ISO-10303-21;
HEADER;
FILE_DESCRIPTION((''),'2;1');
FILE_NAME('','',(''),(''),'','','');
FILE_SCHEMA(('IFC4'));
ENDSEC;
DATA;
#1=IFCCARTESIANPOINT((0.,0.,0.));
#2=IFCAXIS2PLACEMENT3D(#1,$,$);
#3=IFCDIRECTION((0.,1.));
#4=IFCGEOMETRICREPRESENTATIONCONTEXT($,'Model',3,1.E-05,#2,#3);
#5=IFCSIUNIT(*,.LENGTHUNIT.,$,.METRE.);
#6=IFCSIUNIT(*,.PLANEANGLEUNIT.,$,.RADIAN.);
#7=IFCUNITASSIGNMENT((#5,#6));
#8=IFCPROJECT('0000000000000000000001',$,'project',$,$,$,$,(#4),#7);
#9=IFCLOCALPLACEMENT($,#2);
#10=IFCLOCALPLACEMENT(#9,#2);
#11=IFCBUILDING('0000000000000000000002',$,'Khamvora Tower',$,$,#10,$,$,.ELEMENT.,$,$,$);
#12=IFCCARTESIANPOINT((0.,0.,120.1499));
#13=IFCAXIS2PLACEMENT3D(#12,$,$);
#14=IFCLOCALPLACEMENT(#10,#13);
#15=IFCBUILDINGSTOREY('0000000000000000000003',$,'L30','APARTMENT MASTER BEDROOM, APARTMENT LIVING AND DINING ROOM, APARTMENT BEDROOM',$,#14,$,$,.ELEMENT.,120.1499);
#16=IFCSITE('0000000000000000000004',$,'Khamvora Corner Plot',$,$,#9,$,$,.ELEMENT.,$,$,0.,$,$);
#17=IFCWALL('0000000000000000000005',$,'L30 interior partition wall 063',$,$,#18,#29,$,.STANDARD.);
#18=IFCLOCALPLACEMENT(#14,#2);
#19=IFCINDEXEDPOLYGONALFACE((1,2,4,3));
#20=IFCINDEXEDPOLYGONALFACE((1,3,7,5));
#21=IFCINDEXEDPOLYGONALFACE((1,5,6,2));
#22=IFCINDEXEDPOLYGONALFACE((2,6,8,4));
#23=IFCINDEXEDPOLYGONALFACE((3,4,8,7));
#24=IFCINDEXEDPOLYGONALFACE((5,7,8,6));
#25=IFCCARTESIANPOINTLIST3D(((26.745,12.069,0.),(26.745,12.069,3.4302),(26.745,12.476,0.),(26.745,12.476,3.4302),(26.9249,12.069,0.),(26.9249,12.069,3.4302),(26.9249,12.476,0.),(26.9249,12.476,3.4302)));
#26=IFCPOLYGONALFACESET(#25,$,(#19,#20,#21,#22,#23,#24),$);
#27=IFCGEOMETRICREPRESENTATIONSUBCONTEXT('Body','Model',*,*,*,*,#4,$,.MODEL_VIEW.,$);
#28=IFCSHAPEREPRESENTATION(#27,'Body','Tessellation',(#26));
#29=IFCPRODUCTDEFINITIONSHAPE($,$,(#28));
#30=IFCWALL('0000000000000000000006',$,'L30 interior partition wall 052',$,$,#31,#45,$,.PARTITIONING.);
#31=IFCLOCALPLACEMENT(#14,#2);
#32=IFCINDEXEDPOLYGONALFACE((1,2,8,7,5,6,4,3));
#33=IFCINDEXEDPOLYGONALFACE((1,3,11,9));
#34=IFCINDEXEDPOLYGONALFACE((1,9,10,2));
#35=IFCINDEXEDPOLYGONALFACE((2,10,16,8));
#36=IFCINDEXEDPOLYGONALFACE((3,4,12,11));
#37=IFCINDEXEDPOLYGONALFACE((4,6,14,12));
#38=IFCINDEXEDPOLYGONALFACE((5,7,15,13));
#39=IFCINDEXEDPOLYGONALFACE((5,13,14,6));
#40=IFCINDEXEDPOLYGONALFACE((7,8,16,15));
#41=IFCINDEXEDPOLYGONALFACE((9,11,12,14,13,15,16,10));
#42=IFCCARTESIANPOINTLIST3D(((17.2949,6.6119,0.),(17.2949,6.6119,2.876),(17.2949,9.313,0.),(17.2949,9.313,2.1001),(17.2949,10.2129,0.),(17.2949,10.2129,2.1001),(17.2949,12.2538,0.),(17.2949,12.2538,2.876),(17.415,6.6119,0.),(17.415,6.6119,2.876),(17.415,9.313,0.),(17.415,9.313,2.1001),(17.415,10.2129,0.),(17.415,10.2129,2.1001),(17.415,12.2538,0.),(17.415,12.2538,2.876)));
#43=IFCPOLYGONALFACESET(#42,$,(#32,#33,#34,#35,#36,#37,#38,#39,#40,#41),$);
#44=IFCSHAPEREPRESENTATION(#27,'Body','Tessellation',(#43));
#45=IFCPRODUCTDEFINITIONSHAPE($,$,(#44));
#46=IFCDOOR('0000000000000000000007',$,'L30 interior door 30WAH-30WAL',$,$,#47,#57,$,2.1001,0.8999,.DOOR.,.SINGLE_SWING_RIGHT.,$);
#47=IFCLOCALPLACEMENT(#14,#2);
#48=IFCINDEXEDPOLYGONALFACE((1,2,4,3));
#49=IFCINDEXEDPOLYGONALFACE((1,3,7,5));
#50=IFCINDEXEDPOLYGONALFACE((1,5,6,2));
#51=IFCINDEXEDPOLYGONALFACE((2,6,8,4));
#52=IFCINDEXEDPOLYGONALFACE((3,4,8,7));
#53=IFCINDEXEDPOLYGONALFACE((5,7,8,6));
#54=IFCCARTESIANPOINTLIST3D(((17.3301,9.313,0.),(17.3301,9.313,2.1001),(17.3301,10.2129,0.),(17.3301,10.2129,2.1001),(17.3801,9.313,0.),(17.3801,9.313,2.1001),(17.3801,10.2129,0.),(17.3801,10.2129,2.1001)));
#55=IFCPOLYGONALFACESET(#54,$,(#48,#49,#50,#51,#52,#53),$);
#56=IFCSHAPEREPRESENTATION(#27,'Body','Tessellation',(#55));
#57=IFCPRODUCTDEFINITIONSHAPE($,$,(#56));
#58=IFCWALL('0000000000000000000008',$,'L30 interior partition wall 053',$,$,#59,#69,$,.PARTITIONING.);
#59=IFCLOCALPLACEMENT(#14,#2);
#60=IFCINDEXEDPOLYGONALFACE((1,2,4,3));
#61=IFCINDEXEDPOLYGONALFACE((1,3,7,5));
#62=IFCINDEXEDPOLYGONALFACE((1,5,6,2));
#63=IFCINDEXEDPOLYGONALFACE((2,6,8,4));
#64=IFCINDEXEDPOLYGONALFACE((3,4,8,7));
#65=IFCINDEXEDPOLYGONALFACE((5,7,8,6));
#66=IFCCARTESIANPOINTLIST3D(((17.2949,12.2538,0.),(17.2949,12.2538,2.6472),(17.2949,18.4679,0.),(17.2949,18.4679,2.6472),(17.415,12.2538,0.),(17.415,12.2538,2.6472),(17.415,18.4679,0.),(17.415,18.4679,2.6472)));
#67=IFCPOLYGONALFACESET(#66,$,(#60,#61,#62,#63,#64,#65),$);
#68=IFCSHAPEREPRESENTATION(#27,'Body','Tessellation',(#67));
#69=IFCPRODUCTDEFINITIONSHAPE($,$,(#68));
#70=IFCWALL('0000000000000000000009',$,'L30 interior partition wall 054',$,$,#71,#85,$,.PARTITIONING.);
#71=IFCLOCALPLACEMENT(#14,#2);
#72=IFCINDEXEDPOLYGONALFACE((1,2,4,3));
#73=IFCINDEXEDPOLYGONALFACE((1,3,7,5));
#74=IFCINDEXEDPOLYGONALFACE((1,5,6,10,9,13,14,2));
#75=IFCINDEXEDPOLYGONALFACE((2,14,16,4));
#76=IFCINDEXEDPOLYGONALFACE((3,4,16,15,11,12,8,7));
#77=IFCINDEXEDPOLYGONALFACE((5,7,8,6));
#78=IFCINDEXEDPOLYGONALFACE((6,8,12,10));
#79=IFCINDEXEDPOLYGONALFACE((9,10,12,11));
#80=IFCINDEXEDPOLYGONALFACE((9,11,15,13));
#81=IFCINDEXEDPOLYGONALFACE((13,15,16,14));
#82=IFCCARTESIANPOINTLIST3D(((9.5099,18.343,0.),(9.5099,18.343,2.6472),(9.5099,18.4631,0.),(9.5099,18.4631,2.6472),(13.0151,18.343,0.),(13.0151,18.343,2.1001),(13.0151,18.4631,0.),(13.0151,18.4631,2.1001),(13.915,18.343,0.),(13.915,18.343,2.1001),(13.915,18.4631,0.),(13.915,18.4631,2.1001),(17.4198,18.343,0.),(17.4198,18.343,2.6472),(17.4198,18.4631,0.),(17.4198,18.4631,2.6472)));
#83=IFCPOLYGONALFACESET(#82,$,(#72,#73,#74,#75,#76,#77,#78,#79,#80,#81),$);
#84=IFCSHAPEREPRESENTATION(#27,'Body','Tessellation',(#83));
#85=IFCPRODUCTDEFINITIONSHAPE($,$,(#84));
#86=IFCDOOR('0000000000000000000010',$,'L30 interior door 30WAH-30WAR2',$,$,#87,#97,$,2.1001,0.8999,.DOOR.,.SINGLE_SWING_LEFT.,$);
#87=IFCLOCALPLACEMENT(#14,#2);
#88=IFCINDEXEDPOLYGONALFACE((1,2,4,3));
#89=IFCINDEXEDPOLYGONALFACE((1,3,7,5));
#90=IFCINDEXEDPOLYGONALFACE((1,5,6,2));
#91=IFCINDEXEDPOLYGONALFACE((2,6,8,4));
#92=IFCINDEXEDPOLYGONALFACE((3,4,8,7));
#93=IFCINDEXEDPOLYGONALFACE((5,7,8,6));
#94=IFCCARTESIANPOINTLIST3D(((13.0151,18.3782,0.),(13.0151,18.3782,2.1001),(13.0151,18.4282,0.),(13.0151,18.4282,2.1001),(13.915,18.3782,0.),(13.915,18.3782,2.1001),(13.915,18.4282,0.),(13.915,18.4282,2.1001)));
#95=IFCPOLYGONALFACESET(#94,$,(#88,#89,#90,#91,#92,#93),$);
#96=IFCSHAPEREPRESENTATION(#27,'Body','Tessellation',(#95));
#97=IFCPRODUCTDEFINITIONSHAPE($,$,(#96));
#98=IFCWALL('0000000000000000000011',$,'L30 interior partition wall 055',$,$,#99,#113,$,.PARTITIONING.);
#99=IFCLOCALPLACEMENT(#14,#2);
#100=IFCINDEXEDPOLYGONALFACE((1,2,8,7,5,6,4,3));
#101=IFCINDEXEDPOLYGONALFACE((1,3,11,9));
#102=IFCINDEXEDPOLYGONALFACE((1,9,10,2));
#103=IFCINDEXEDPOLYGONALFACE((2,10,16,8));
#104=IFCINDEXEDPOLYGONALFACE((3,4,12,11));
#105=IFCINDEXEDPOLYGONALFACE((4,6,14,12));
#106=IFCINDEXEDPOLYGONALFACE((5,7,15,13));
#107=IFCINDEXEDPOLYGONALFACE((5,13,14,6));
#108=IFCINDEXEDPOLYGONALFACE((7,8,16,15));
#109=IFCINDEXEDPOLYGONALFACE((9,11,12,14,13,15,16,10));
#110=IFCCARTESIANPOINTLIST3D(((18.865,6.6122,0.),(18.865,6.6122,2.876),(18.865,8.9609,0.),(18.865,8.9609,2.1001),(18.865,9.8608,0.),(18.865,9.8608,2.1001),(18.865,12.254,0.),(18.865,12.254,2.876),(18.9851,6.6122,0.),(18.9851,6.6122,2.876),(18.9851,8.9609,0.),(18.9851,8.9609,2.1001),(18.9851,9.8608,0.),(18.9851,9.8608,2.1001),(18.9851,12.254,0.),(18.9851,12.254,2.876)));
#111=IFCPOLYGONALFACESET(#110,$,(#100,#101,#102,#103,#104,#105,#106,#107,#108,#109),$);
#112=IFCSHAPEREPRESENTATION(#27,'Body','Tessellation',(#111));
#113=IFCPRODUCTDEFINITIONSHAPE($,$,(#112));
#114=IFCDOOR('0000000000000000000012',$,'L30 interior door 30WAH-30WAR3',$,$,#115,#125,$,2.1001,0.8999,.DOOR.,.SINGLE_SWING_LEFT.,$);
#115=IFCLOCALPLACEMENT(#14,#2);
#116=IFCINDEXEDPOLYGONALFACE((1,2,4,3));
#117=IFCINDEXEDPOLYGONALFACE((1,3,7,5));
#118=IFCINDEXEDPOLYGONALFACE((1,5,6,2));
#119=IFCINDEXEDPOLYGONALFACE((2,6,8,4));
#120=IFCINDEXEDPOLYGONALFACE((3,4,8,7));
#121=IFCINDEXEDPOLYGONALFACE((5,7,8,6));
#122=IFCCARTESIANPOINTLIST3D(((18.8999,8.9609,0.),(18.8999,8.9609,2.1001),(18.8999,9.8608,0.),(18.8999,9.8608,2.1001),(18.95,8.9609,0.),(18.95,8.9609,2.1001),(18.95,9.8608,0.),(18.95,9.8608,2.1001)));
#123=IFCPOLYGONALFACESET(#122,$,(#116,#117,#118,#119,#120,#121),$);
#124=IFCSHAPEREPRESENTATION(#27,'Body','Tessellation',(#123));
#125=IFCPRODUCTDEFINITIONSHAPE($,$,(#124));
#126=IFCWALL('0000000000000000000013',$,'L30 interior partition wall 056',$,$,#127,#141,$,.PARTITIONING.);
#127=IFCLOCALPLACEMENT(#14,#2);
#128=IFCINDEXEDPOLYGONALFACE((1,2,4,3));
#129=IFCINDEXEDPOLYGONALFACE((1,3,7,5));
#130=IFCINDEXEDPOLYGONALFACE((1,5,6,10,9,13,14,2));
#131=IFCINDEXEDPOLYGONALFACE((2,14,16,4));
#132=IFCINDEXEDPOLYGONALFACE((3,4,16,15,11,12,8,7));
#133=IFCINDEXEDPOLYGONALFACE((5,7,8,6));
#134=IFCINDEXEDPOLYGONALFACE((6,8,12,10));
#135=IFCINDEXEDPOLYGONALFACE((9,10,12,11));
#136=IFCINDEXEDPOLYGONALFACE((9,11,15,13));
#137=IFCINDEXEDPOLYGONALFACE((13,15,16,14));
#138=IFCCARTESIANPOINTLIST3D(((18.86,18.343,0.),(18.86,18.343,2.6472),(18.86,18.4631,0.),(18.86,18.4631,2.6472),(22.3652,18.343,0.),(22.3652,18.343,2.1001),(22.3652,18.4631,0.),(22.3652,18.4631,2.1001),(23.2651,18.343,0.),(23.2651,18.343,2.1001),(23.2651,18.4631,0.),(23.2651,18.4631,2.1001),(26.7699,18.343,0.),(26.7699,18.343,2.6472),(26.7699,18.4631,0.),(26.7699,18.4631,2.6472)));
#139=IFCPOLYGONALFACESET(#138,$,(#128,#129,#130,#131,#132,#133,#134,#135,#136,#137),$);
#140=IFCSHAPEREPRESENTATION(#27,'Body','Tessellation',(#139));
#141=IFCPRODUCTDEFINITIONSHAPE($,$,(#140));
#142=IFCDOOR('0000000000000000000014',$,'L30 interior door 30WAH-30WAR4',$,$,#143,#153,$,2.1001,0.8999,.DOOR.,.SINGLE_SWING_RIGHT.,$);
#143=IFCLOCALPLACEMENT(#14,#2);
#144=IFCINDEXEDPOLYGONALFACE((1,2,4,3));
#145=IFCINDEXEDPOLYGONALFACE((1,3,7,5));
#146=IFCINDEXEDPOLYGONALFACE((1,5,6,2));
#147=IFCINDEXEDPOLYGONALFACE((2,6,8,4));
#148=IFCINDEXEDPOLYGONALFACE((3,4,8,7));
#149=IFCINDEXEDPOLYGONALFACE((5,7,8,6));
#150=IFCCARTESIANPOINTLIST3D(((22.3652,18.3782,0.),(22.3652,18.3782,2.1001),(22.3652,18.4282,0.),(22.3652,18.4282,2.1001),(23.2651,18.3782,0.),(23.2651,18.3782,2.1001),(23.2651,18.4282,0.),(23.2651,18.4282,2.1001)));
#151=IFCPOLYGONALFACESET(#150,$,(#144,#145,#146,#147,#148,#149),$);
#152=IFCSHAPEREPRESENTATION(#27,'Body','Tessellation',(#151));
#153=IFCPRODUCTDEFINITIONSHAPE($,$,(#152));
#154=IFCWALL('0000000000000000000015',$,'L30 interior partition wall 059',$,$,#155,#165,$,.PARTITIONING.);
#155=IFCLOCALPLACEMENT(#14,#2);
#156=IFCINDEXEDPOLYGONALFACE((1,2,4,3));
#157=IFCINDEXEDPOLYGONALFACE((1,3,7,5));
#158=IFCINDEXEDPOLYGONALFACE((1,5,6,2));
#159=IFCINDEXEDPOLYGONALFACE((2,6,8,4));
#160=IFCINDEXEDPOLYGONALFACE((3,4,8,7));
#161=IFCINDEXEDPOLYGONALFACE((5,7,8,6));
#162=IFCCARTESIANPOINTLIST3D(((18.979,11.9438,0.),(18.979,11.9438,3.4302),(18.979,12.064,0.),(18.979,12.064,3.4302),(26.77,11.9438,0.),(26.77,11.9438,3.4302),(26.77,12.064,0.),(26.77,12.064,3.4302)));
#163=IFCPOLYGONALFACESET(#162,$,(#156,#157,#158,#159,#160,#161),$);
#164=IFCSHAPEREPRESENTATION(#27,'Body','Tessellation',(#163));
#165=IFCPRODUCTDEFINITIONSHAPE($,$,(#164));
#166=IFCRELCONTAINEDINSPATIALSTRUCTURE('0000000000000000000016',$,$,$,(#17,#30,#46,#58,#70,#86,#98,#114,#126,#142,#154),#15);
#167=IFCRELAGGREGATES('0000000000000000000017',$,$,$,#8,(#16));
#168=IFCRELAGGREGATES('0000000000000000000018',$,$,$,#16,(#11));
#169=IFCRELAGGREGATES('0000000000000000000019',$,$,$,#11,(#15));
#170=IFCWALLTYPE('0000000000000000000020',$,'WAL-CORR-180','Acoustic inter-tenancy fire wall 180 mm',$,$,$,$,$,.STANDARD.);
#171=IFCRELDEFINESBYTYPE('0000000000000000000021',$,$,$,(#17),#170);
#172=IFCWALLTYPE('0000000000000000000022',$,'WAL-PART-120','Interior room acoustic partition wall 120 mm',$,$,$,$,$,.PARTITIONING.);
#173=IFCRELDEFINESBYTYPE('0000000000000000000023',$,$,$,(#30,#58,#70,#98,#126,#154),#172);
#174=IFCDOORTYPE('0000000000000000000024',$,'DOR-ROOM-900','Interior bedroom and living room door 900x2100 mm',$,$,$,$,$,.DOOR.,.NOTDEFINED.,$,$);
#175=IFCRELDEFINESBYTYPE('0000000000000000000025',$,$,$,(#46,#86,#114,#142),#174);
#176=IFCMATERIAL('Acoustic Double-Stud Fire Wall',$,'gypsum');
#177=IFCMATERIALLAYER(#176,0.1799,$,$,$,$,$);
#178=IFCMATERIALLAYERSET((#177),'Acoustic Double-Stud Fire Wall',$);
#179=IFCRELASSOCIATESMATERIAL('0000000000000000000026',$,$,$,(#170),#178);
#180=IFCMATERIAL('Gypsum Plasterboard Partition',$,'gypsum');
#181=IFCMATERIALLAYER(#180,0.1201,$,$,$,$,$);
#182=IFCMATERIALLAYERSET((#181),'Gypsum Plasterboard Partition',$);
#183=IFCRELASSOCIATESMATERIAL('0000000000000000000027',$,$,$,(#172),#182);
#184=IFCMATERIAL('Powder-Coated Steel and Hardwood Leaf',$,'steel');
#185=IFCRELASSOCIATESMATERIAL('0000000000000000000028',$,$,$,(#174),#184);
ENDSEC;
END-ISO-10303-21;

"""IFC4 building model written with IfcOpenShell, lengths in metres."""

from ifc_helpers import new_model, si_unit, direction, frame, frame_2d, origin, place, context, subcontext, project, spatial, rectangle, extrude, material, layer, layer_set, type_object, element, fill, save


model = new_model("IFC4")

# Units and contexts
model_context = context("Model", 3, precision=1e-05, world=origin(), true_north=direction((0.0, 1.0)))
body_context = subcontext(model_context, "Body", "Model", "MODEL_VIEW")
ifc_project = project(units=[si_unit("LENGTHUNIT", "METRE"), si_unit("PLANEANGLEUNIT", "RADIAN")], contexts=[model_context])

# Site, building, storey
site_placement = place(None, origin())
site = spatial("IfcSite", under=ifc_project, at=site_placement, Name="Khamvora Corner Plot", CompositionType="ELEMENT", RefElevation=0.0)
building_placement = place(site_placement, origin())
building = spatial("IfcBuilding", under=site, at=building_placement, Name="Khamvora Tower", CompositionType="ELEMENT")
storey_placement = place(building_placement, frame((0.0, 0.0, 120.1499)))
storey = spatial("IfcBuildingStorey", under=building, at=storey_placement, Name="L30", Description="APARTMENT MASTER BEDROOM, APARTMENT LIVING AND DINING ROOM, APARTMENT BEDROOM", CompositionType="ELEMENT", Elevation=120.1499)

# Wall
ifc_material_1 = material(Name="Acoustic Double-Stud Fire Wall", Category="gypsum")
ifc_layer_1 = layer(ifc_material_1, 0.1799)
ifc_layer_set_1 = layer_set([ifc_layer_1], Name="Acoustic Double-Stud Fire Wall")
wall_type_1 = type_object("IfcWallType", Name="WAL-CORR-180", Description="Acoustic inter-tenancy fire wall 180 mm", PredefinedType="STANDARD", material=ifc_layer_set_1)
wall_1_placement = place(storey_placement, frame((26.835, 12.4761, 0.0), z_axis=(0.0, 0.0, 1.0), x_axis=(0.0, -1.0, 0.0)))
element("IfcWall", 1, at=wall_1_placement, inside=storey, type_object=wall_type_1, Name="L30 interior partition wall 063", PredefinedType="STANDARD", context=body_context, shape_type="SweptSolid", body=[
    extrude(rectangle(XDim=0.407, YDim=0.1799, at=frame_2d((0.2036, 0.0))), origin(), (0.0, 0.0, 1.0), 3.4302),
])

# Wall, opening, door
ifc_material_2 = material(Name="Gypsum Plasterboard Partition", Category="gypsum")
ifc_layer_2 = layer(ifc_material_2, 0.1201)
ifc_layer_set_2 = layer_set([ifc_layer_2], Name="Gypsum Plasterboard Partition")
wall_type_2 = type_object("IfcWallType", Name="WAL-PART-120", Description="Interior room acoustic partition wall 120 mm", PredefinedType="PARTITIONING", material=ifc_layer_set_2)
wall_2_placement = place(storey_placement, frame((17.355, 6.6121, 0.0), z_axis=(0.0, 0.0, 1.0), x_axis=(0.0, 1.0, 0.0)))
wall_2 = element("IfcWall", 2, at=wall_2_placement, inside=storey, type_object=wall_type_2, Name="L30 interior partition wall 052", PredefinedType="PARTITIONING", context=body_context, shape_type="SweptSolid", body=[
    extrude(rectangle(XDim=5.6418, YDim=0.1201, at=frame_2d((2.8208, 0.0))), origin(), (0.0, 0.0, 1.0), 2.876),
])
opening_1_placement = place(wall_2_placement, frame((2.7009, 0.0, 0.0)))
opening_1 = element("IfcOpeningElement", 3, at=opening_1_placement, cuts=wall_2, PredefinedType="OPENING", context=body_context, shape_type="SweptSolid", body=[
    extrude(rectangle(XDim=0.8999, YDim=2.1001, at=frame_2d((0.45, 1.05))), frame((0.0, 0.0701, 0.0), z_axis=(0.0, -1.0, 0.0), x_axis=(1.0, 0.0, 0.0)), (0.0, 0.0, 1.0), 0.1401),
])
ifc_material_3 = material(Name="Powder-Coated Steel and Hardwood Leaf", Category="steel")
door_type_1 = type_object("IfcDoorType", Name="DOR-ROOM-900", Description="Interior bedroom and living room door 900x2100 mm", OperationType="NOTDEFINED", PredefinedType="DOOR", material=ifc_material_3)
door_1_placement = place(opening_1_placement, origin())
door_1 = element("IfcDoor", 4, at=door_1_placement, inside=storey, type_object=door_type_1, Name="L30 interior door 30WAH-30WAL", OperationType="SINGLE_SWING_RIGHT", OverallHeight=2.1001, OverallWidth=0.8999, PredefinedType="DOOR", context=body_context, shape_type="SweptSolid", body=[
    extrude(rectangle(XDim=0.8999, YDim=2.1001, at=frame_2d((0.45, 1.05))), frame((0.0, 0.0249, 0.0), z_axis=(0.0, -1.0, 0.0), x_axis=(1.0, 0.0, 0.0)), (0.0, 0.0, 1.0), 0.05),
])
fill(opening_1, door_1)

# Wall
wall_3_placement = place(storey_placement, frame((17.355, 12.2539, 0.0), z_axis=(0.0, 0.0, 1.0), x_axis=(0.0, 1.0, 0.0)))
element("IfcWall", 5, at=wall_3_placement, inside=storey, type_object=wall_type_2, Name="L30 interior partition wall 053", PredefinedType="PARTITIONING", context=body_context, shape_type="SweptSolid", body=[
    extrude(rectangle(XDim=6.2141, YDim=0.1201, at=frame_2d((3.1069, 0.0))), origin(), (0.0, 0.0, 1.0), 2.6472),
])

# Walls, openings, doors
wall_4_placement = place(storey_placement, frame((17.4199, 18.4031, 0.0), z_axis=(0.0, 0.0, 1.0), x_axis=(-1.0, 0.0, 0.0)))
wall_4 = element("IfcWall", 6, at=wall_4_placement, inside=storey, type_object=wall_type_2, Name="L30 interior partition wall 054", PredefinedType="PARTITIONING", context=body_context, shape_type="SweptSolid", body=[
    extrude(rectangle(XDim=7.9099, YDim=0.1201, at=frame_2d((3.9551, 0.0))), origin(), (0.0, 0.0, 1.0), 2.6472),
])
opening_2_placement = place(wall_4_placement, frame((3.5049, 0.0, 0.0)))
opening_2 = element("IfcOpeningElement", 7, at=opening_2_placement, cuts=wall_4, PredefinedType="OPENING", context=body_context, shape_type="SweptSolid", body=[
    extrude(rectangle(XDim=0.8999, YDim=2.1001, at=frame_2d((0.45, 1.05))), frame((0.0, 0.0701, 0.0), z_axis=(0.0, -1.0, 0.0), x_axis=(1.0, 0.0, 0.0)), (0.0, 0.0, 1.0), 0.1401),
])
door_2_placement = place(opening_2_placement, origin())
door_2 = element("IfcDoor", 8, at=door_2_placement, inside=storey, type_object=door_type_1, Name="L30 interior door 30WAH-30WAR2", OperationType="SINGLE_SWING_LEFT", OverallHeight=2.1001, OverallWidth=0.8999, PredefinedType="DOOR", context=body_context, shape_type="SweptSolid", body=[
    extrude(rectangle(XDim=0.8999, YDim=2.1001, at=frame_2d((0.45, 1.05))), frame((0.0, 0.0249, 0.0), z_axis=(0.0, -1.0, 0.0), x_axis=(1.0, 0.0, 0.0)), (0.0, 0.0, 1.0), 0.05),
])
fill(opening_2, door_2)
wall_5_placement = place(storey_placement, frame((18.925, 12.2539, 0.0), z_axis=(0.0, 0.0, 1.0), x_axis=(0.0, -1.0, 0.0)))
wall_5 = element("IfcWall", 9, at=wall_5_placement, inside=storey, type_object=wall_type_2, Name="L30 interior partition wall 055", PredefinedType="PARTITIONING", context=body_context, shape_type="SweptSolid", body=[
    extrude(rectangle(XDim=5.6418, YDim=0.1201, at=frame_2d((2.8208, 0.0))), origin(), (0.0, 0.0, 1.0), 2.876),
])
opening_3_placement = place(wall_5_placement, frame((2.3931, 0.0, 0.0)))
opening_3 = element("IfcOpeningElement", 10, at=opening_3_placement, cuts=wall_5, PredefinedType="OPENING", context=body_context, shape_type="SweptSolid", body=[
    extrude(rectangle(XDim=0.8999, YDim=2.1001, at=frame_2d((0.45, 1.05))), frame((0.0, 0.0701, 0.0), z_axis=(0.0, -1.0, 0.0), x_axis=(1.0, 0.0, 0.0)), (0.0, 0.0, 1.0), 0.1401),
])
door_3_placement = place(opening_3_placement, origin())
door_3 = element("IfcDoor", 11, at=door_3_placement, inside=storey, type_object=door_type_1, Name="L30 interior door 30WAH-30WAR3", OperationType="SINGLE_SWING_LEFT", OverallHeight=2.1001, OverallWidth=0.8999, PredefinedType="DOOR", context=body_context, shape_type="SweptSolid", body=[
    extrude(rectangle(XDim=0.8999, YDim=2.1001, at=frame_2d((0.45, 1.05))), frame((0.0, 0.0249, 0.0), z_axis=(0.0, -1.0, 0.0), x_axis=(1.0, 0.0, 0.0)), (0.0, 0.0, 1.0), 0.05),
])
fill(opening_3, door_3)
wall_6_placement = place(storey_placement, frame((26.77, 18.4031, 0.0), z_axis=(0.0, 0.0, 1.0), x_axis=(-1.0, 0.0, 0.0)))
wall_6 = element("IfcWall", 12, at=wall_6_placement, inside=storey, type_object=wall_type_2, Name="L30 interior partition wall 056", PredefinedType="PARTITIONING", context=body_context, shape_type="SweptSolid", body=[
    extrude(rectangle(XDim=7.9099, YDim=0.1201, at=frame_2d((3.9551, 0.0))), origin(), (0.0, 0.0, 1.0), 2.6472),
])
opening_4_placement = place(wall_6_placement, frame((3.5049, 0.0, 0.0)))
opening_4 = element("IfcOpeningElement", 13, at=opening_4_placement, cuts=wall_6, PredefinedType="OPENING", context=body_context, shape_type="SweptSolid", body=[
    extrude(rectangle(XDim=0.8999, YDim=2.1001, at=frame_2d((0.45, 1.05))), frame((0.0, 0.0701, 0.0), z_axis=(0.0, -1.0, 0.0), x_axis=(1.0, 0.0, 0.0)), (0.0, 0.0, 1.0), 0.1401),
])
door_4_placement = place(opening_4_placement, origin())
door_4 = element("IfcDoor", 14, at=door_4_placement, inside=storey, type_object=door_type_1, Name="L30 interior door 30WAH-30WAR4", OperationType="SINGLE_SWING_RIGHT", OverallHeight=2.1001, OverallWidth=0.8999, PredefinedType="DOOR", context=body_context, shape_type="SweptSolid", body=[
    extrude(rectangle(XDim=0.8999, YDim=2.1001, at=frame_2d((0.45, 1.05))), frame((0.0, 0.0249, 0.0), z_axis=(0.0, -1.0, 0.0), x_axis=(1.0, 0.0, 0.0)), (0.0, 0.0, 1.0), 0.05),
])
fill(opening_4, door_4)

# Wall
wall_7_placement = place(storey_placement, frame((18.979, 12.0039, 0.0), z_axis=(0.0, 0.0, 1.0), x_axis=(1.0, 0.0, 0.0)))
element("IfcWall", 15, at=wall_7_placement, inside=storey, type_object=wall_type_2, Name="L30 interior partition wall 059", PredefinedType="PARTITIONING", context=body_context, shape_type="SweptSolid", body=[
    extrude(rectangle(XDim=7.791, YDim=0.1201, at=frame_2d((3.8955, 0.0))), origin(), (0.0, 0.0, 1.0), 3.4302),
])

save(model, "model.ifc")
